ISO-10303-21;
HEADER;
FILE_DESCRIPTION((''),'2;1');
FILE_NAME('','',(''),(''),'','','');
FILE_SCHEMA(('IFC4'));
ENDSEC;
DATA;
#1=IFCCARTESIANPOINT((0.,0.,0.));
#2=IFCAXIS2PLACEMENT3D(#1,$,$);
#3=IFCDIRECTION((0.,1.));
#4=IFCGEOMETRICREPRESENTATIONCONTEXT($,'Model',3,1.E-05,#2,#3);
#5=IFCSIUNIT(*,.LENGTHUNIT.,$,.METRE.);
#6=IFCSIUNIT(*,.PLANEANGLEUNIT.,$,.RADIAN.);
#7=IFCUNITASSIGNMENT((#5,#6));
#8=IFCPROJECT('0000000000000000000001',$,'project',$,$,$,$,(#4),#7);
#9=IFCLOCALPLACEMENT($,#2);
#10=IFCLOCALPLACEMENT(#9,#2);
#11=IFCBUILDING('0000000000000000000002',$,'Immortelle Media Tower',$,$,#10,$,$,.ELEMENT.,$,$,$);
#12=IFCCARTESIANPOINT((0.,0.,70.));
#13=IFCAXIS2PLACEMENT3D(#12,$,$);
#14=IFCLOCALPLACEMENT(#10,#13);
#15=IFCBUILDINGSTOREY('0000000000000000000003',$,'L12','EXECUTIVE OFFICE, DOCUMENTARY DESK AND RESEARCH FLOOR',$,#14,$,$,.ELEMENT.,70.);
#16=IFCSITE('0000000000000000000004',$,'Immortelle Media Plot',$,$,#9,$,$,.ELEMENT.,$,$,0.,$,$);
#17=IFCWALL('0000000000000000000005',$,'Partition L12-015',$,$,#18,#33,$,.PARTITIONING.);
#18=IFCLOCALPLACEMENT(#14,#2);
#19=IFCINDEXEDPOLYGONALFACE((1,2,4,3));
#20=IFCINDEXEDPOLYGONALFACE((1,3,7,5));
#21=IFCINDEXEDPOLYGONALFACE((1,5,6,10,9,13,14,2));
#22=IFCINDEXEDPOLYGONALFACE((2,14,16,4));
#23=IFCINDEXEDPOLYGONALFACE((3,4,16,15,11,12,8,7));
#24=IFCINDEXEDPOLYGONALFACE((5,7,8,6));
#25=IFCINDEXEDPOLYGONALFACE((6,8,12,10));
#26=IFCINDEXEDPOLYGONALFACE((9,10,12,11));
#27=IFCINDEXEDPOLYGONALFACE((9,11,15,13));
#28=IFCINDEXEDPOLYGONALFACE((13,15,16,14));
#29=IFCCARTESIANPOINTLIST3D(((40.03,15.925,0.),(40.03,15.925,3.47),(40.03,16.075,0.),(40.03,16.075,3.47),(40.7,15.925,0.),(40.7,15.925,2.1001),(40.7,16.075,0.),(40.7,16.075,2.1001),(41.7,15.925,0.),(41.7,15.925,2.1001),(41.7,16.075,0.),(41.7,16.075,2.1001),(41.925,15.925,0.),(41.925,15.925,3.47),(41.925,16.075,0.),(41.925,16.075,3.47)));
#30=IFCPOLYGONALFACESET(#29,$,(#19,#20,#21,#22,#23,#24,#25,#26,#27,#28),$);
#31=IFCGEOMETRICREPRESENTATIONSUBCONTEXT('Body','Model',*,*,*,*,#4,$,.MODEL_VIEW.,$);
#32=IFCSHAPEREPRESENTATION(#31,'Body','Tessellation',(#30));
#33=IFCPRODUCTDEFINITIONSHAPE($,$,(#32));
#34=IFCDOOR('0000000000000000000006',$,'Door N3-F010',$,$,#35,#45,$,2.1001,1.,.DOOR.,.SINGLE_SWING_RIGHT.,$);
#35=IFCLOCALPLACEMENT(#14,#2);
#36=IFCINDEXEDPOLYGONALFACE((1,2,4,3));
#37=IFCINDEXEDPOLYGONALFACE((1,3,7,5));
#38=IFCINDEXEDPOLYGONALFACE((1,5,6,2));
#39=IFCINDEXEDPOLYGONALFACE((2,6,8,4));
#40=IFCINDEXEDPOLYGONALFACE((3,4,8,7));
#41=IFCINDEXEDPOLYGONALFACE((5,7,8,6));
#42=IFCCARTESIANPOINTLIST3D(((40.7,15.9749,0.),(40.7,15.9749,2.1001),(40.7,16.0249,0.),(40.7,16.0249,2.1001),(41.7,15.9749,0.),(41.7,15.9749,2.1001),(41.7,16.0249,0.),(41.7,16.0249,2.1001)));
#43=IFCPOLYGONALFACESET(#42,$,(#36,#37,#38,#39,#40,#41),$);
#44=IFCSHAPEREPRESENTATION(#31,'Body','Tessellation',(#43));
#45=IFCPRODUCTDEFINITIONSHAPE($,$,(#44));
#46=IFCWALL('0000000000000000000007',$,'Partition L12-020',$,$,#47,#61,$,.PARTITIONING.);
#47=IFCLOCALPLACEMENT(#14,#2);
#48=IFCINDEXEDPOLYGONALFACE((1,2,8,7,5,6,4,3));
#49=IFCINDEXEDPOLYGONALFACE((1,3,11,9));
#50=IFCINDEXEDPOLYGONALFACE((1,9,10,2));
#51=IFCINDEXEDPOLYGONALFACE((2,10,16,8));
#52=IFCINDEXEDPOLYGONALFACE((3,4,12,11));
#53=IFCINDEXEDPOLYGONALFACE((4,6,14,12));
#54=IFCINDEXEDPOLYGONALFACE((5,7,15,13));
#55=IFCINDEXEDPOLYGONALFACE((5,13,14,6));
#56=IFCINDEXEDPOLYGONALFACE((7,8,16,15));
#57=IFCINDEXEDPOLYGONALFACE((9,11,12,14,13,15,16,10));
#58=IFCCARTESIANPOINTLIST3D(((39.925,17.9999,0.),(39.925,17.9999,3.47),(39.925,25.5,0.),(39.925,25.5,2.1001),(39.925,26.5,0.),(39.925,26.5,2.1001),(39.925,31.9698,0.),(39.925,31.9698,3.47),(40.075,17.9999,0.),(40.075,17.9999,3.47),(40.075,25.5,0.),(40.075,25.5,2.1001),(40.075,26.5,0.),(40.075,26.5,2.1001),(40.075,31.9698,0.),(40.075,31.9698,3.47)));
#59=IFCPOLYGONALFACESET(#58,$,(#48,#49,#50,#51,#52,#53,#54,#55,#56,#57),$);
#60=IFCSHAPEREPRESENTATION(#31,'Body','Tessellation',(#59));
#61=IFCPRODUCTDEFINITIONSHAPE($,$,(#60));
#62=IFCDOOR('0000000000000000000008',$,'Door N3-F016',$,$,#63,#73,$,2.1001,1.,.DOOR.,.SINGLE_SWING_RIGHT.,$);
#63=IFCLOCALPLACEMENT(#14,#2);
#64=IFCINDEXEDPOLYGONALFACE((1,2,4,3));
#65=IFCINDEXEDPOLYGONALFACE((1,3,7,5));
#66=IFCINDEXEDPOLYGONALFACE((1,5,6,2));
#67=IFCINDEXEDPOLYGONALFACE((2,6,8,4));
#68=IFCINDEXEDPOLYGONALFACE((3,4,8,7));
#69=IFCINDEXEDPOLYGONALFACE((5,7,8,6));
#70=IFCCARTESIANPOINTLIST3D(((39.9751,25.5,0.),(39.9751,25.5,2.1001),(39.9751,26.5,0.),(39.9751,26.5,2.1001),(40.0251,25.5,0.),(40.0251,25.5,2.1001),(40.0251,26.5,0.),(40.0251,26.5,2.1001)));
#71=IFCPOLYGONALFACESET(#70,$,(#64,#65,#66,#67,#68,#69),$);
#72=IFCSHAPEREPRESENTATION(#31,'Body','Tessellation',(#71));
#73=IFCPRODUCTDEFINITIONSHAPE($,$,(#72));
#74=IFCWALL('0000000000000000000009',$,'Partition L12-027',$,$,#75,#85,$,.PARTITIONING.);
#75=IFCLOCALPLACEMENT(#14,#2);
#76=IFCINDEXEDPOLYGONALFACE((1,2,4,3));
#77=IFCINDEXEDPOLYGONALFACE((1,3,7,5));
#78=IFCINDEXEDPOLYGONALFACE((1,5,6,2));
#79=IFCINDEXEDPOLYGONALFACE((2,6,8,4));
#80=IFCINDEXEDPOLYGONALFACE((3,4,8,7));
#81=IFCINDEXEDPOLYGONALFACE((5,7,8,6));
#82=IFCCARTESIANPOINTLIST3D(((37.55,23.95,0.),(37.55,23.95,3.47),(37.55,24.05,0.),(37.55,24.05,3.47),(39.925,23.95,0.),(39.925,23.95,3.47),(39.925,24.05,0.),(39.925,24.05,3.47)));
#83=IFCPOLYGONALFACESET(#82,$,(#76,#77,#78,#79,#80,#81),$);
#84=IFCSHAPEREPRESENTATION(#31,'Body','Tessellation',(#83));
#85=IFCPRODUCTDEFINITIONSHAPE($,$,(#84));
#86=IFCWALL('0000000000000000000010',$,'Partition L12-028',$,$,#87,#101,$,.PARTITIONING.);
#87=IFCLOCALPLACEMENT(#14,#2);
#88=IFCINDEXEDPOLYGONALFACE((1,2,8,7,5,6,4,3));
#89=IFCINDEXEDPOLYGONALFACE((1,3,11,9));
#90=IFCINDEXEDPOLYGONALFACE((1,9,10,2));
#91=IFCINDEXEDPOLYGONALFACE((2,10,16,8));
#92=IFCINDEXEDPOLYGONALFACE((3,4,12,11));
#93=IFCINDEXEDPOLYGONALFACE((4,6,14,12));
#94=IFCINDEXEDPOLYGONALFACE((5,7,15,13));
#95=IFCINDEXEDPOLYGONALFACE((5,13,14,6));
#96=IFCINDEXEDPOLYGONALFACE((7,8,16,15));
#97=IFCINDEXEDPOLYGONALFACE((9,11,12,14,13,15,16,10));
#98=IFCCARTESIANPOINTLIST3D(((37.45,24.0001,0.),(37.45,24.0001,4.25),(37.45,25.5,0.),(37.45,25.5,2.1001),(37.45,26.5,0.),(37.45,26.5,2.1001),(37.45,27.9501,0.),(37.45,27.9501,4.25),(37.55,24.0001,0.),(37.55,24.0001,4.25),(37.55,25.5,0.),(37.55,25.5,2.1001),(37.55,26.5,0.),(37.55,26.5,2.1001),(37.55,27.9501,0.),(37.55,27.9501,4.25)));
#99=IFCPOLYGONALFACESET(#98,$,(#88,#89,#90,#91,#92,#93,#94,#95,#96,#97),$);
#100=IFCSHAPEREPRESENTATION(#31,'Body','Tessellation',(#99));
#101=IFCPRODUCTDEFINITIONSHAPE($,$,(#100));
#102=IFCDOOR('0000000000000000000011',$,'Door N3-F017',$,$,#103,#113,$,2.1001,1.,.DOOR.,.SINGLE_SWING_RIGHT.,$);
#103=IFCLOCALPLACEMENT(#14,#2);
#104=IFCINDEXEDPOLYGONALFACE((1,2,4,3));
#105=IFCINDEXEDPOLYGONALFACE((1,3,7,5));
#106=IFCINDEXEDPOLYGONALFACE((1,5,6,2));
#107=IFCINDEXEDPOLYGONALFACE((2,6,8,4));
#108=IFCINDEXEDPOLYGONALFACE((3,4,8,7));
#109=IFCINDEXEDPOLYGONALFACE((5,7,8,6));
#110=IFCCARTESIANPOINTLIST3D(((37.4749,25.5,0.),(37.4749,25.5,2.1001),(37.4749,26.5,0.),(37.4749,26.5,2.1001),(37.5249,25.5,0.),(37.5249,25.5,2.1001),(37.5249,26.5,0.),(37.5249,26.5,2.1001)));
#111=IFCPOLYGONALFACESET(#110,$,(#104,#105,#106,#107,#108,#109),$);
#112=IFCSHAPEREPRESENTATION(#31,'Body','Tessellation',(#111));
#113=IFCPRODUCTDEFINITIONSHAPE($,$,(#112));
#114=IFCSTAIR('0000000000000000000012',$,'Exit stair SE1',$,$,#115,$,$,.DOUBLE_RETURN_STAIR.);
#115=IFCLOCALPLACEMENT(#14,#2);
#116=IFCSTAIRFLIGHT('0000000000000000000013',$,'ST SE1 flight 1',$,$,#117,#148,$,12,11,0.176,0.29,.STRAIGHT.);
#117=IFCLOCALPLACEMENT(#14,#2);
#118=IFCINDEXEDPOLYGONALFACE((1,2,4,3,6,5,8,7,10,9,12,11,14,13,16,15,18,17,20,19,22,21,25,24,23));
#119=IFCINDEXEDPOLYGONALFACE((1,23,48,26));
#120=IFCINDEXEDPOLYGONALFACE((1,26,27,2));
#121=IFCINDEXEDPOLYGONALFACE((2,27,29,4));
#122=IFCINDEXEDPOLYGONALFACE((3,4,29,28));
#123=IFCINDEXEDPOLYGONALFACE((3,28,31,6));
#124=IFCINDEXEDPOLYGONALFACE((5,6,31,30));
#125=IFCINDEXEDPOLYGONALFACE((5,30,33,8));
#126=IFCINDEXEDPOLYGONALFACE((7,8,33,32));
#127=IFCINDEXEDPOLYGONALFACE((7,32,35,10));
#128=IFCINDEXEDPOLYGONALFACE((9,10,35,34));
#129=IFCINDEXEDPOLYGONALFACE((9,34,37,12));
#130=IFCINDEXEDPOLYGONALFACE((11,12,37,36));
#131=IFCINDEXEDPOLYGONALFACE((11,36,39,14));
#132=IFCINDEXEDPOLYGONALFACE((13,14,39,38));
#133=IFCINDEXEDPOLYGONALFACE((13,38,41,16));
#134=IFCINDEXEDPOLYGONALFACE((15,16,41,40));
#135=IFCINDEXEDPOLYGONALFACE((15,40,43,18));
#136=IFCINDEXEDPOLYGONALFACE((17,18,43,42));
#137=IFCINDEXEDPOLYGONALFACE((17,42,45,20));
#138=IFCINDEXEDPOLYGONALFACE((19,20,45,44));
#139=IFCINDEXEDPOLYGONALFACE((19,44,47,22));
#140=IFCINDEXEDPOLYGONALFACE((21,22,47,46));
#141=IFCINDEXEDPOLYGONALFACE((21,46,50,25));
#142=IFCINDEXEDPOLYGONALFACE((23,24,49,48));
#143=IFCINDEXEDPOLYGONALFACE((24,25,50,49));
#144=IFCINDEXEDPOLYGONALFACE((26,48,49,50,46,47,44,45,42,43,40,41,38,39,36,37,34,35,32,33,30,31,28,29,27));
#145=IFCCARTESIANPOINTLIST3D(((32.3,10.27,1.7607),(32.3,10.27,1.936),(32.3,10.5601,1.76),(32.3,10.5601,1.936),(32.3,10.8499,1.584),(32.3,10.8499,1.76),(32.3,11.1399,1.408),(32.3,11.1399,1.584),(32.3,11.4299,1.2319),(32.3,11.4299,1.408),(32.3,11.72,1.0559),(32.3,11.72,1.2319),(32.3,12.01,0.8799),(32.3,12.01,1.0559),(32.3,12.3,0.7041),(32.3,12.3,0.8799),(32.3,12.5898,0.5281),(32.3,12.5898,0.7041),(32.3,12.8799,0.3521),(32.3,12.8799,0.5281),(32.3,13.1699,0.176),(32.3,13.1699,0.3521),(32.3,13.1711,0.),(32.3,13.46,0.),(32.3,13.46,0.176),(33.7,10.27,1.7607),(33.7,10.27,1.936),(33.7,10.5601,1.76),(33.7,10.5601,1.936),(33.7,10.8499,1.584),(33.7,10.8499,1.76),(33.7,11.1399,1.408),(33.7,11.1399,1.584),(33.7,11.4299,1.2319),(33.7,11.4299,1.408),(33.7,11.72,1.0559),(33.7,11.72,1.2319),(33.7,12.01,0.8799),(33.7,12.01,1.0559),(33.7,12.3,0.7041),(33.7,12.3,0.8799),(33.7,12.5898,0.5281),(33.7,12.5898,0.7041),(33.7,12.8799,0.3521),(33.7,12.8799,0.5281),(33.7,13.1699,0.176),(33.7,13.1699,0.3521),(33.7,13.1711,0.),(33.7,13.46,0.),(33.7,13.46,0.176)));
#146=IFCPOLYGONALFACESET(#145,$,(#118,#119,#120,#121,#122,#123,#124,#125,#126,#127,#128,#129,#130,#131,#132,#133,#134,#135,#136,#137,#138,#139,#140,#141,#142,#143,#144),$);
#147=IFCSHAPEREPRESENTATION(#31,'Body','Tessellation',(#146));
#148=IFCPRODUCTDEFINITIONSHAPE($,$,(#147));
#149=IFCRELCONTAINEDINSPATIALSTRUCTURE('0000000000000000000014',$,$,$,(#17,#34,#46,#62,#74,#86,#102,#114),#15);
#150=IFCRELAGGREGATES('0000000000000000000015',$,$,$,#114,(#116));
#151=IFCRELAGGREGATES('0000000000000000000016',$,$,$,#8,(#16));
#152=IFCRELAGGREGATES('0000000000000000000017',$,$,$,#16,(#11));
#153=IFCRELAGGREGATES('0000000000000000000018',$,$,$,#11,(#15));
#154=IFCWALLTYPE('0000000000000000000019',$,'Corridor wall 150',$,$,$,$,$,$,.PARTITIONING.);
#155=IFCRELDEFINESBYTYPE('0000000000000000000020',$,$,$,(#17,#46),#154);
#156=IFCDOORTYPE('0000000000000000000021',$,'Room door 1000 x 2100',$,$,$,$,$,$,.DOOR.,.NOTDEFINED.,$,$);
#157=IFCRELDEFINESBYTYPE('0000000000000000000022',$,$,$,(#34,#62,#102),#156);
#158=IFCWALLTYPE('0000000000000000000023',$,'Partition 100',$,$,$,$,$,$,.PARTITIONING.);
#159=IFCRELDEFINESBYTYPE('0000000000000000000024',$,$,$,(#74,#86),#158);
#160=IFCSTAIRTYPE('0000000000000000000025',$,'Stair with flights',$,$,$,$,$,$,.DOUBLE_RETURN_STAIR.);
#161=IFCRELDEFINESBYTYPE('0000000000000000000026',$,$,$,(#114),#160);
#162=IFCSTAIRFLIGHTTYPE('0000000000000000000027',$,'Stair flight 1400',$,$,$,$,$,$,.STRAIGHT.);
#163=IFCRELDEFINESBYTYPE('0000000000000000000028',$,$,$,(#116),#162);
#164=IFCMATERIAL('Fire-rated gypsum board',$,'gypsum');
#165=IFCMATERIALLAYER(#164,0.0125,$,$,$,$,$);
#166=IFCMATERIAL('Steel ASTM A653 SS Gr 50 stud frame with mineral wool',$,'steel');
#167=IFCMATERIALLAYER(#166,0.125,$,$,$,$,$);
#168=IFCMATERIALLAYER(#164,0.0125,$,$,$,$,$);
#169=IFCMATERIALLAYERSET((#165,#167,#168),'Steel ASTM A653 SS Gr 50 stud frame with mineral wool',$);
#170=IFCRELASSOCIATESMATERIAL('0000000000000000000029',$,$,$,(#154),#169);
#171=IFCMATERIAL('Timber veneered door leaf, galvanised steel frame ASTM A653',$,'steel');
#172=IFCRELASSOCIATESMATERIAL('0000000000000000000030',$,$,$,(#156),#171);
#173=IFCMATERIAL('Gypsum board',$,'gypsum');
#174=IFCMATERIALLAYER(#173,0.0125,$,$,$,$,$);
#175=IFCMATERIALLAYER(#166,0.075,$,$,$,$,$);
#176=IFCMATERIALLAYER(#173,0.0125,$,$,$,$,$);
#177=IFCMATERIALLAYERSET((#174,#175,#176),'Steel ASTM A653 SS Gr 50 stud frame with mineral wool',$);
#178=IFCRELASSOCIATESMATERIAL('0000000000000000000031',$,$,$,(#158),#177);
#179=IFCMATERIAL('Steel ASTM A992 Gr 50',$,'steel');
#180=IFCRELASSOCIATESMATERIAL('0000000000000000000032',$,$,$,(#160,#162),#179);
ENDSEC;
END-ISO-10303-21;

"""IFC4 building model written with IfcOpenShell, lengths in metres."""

from ifc_helpers import new_model, si_unit, direction, frame, frame_2d, origin, place, context, subcontext, project, spatial, polyline, rectangle, outline, extrude, material, layer, layer_set, type_object, element, fill, aggregate, save


model = new_model("IFC4")

# Units and contexts
model_context = context("Model", 3, precision=1e-05, world=origin(), true_north=direction((0.0, 1.0)))
body_context = subcontext(model_context, "Body", "Model", "MODEL_VIEW")
ifc_project = project(units=[si_unit("LENGTHUNIT", "METRE"), si_unit("PLANEANGLEUNIT", "RADIAN")], contexts=[model_context])

# Site, building, storey
site_placement = place(None, origin())
site = spatial("IfcSite", under=ifc_project, at=site_placement, Name="Immortelle Media Plot", CompositionType="ELEMENT", RefElevation=0.0)
building_placement = place(site_placement, origin())
building = spatial("IfcBuilding", under=site, at=building_placement, Name="Immortelle Media Tower", CompositionType="ELEMENT")
storey_placement = place(building_placement, frame((0.0, 0.0, 70.0)))
storey = spatial("IfcBuildingStorey", under=building, at=storey_placement, Name="L12", Description="EXECUTIVE OFFICE, DOCUMENTARY DESK AND RESEARCH FLOOR", CompositionType="ELEMENT", Elevation=70.0)

# Shared definitions
ifc_material_1 = material(Name="Steel ASTM A992 Gr 50", Category="steel")

# Walls, openings, doors
ifc_material_2 = material(Name="Fire-rated gypsum board", Category="gypsum")
ifc_layer_1 = layer(ifc_material_2, 0.0125)
ifc_material_3 = material(Name="Steel ASTM A653 SS Gr 50 stud frame with mineral wool", Category="steel")
ifc_layer_2 = layer(ifc_material_3, 0.125)
ifc_layer_3 = layer(ifc_material_2, 0.0125)
ifc_layer_set_1 = layer_set([ifc_layer_1, ifc_layer_2, ifc_layer_3], Name="Steel ASTM A653 SS Gr 50 stud frame with mineral wool")
wall_type_1 = type_object("IfcWallType", Name="Corridor wall 150", PredefinedType="PARTITIONING", material=ifc_layer_set_1)
wall_1_placement = place(storey_placement, frame((40.03, 16.0, 0.0), z_axis=(0.0, 0.0, 1.0), x_axis=(1.0, 0.0, 0.0)))
wall_1 = element("IfcWall", 1, at=wall_1_placement, inside=storey, type_object=wall_type_1, Name="Partition L12-015", PredefinedType="PARTITIONING", context=body_context, shape_type="SweptSolid", body=[
    extrude(rectangle(XDim=1.895, YDim=0.1499, at=frame_2d((0.9475, 0.0))), origin(), (0.0, 0.0, 1.0), 3.47),
])
opening_1_placement = place(wall_1_placement, frame((0.6699, 0.0, 0.0)))
opening_1 = element("IfcOpeningElement", 2, at=opening_1_placement, cuts=wall_1, PredefinedType="OPENING", context=body_context, shape_type="SweptSolid", body=[
    extrude(rectangle(XDim=1.0, YDim=2.1001, at=frame_2d((0.5, 1.05))), frame((0.0, 0.085, 0.0), z_axis=(0.0, -1.0, 0.0), x_axis=(1.0, 0.0, 0.0)), (0.0, 0.0, 1.0), 0.1699),
])
ifc_material_4 = material(Name="Timber veneered door leaf, galvanised steel frame ASTM A653", Category="steel")
door_type = type_object("IfcDoorType", Name="Room door 1000 x 2100", OperationType="NOTDEFINED", PredefinedType="DOOR", material=ifc_material_4)
door_1_placement = place(opening_1_placement, origin())
door_1 = element("IfcDoor", 3, at=door_1_placement, inside=storey, type_object=door_type, Name="Door N3-F010", OperationType="SINGLE_SWING_RIGHT", OverallHeight=2.1001, OverallWidth=1.0, PredefinedType="DOOR", context=body_context, shape_type="SweptSolid", body=[
    extrude(rectangle(XDim=1.0, YDim=2.1001, at=frame_2d((0.5, 1.05))), frame((0.0, 0.0249, 0.0), z_axis=(0.0, -1.0, 0.0), x_axis=(1.0, 0.0, 0.0)), (0.0, 0.0, 1.0), 0.05),
])
fill(opening_1, door_1)
wall_2_placement = place(storey_placement, frame((40.0, 18.0, 0.0), z_axis=(0.0, 0.0, 1.0), x_axis=(0.0, 1.0, 0.0)))
wall_2 = element("IfcWall", 4, at=wall_2_placement, inside=storey, type_object=wall_type_1, Name="Partition L12-020", PredefinedType="PARTITIONING", context=body_context, shape_type="SweptSolid", body=[
    extrude(rectangle(XDim=13.97, YDim=0.1499, at=frame_2d((6.9849, 0.0))), origin(), (0.0, 0.0, 1.0), 3.47),
])
opening_2_placement = place(wall_2_placement, frame((7.5, 0.0, 0.0)))
opening_2 = element("IfcOpeningElement", 5, at=opening_2_placement, cuts=wall_2, PredefinedType="OPENING", context=body_context, shape_type="SweptSolid", body=[
    extrude(rectangle(XDim=1.0, YDim=2.1001, at=frame_2d((0.5, 1.05))), frame((0.0, 0.085, 0.0), z_axis=(0.0, -1.0, 0.0), x_axis=(1.0, 0.0, 0.0)), (0.0, 0.0, 1.0), 0.1699),
])
door_2_placement = place(opening_2_placement, origin())
door_2 = element("IfcDoor", 6, at=door_2_placement, inside=storey, type_object=door_type, Name="Door N3-F016", OperationType="SINGLE_SWING_RIGHT", OverallHeight=2.1001, OverallWidth=1.0, PredefinedType="DOOR", context=body_context, shape_type="SweptSolid", body=[
    extrude(rectangle(XDim=1.0, YDim=2.1001, at=frame_2d((0.5, 1.05))), frame((0.0, 0.0249, 0.0), z_axis=(0.0, -1.0, 0.0), x_axis=(1.0, 0.0, 0.0)), (0.0, 0.0, 1.0), 0.05),
])
fill(opening_2, door_2)

# Wall
ifc_material_5 = material(Name="Gypsum board", Category="gypsum")
ifc_layer_4 = layer(ifc_material_5, 0.0125)
ifc_layer_5 = layer(ifc_material_3, 0.075)
ifc_layer_6 = layer(ifc_material_5, 0.0125)
ifc_layer_set_2 = layer_set([ifc_layer_4, ifc_layer_5, ifc_layer_6], Name="Steel ASTM A653 SS Gr 50 stud frame with mineral wool")
wall_type_2 = type_object("IfcWallType", Name="Partition 100", PredefinedType="PARTITIONING", material=ifc_layer_set_2)
wall_3_placement = place(storey_placement, frame((37.55, 24.0, 0.0), z_axis=(0.0, 0.0, 1.0), x_axis=(1.0, 0.0, 0.0)))
element("IfcWall", 7, at=wall_3_placement, inside=storey, type_object=wall_type_2, Name="Partition L12-027", PredefinedType="PARTITIONING", context=body_context, shape_type="SweptSolid", body=[
    extrude(rectangle(XDim=2.375, YDim=0.1001, at=frame_2d((1.1875, 0.0))), origin(), (0.0, 0.0, 1.0), 3.47),
])

# Wall, opening, door
wall_4_placement = place(storey_placement, frame((37.5, 24.0, 0.0), z_axis=(0.0, 0.0, 1.0), x_axis=(0.0, 1.0, 0.0)))
wall_4 = element("IfcWall", 8, at=wall_4_placement, inside=storey, type_object=wall_type_2, Name="Partition L12-028", PredefinedType="PARTITIONING", context=body_context, shape_type="SweptSolid", body=[
    extrude(rectangle(XDim=3.95, YDim=0.1001, at=frame_2d((1.9751, 0.0))), origin(), (0.0, 0.0, 1.0), 4.25),
])
opening_3_placement = place(wall_4_placement, frame((2.5, 0.0, 0.0), z_axis=(0.0, 0.0, 1.0), x_axis=(-1.0, 0.0, 0.0)))
opening_3 = element("IfcOpeningElement", 9, at=opening_3_placement, cuts=wall_4, PredefinedType="OPENING", context=body_context, shape_type="SweptSolid", body=[
    extrude(rectangle(XDim=1.0, YDim=2.1001, at=frame_2d((0.5, 1.05))), frame((0.0, 0.0601, 0.0), z_axis=(0.0, -1.0, 0.0), x_axis=(1.0, 0.0, 0.0)), (0.0, 0.0, 1.0), 0.1201),
])
door_3_placement = place(opening_3_placement, origin())
door_3 = element("IfcDoor", 10, at=door_3_placement, inside=storey, type_object=door_type, Name="Door N3-F017", OperationType="SINGLE_SWING_RIGHT", OverallHeight=2.1001, OverallWidth=1.0, PredefinedType="DOOR", context=body_context, shape_type="SweptSolid", body=[
    extrude(rectangle(XDim=1.0, YDim=2.1001, at=frame_2d((0.5, 1.05))), frame((0.0, 0.0249, 0.0), z_axis=(0.0, -1.0, 0.0), x_axis=(1.0, 0.0, 0.0)), (0.0, 0.0, 1.0), 0.05),
])
fill(opening_3, door_3)

# Stair, stair flight
stair_type = type_object("IfcStairType", Name="Stair with flights", PredefinedType="DOUBLE_RETURN_STAIR", material=ifc_material_1)
stair_1_placement = place(storey_placement, origin())
stair_1 = element("IfcStair", 11, at=stair_1_placement, inside=storey, type_object=stair_type, Name="Exit stair SE1", PredefinedType="DOUBLE_RETURN_STAIR")
stair_flight_type = type_object("IfcStairFlightType", Name="Stair flight 1400", PredefinedType="STRAIGHT", material=ifc_material_1)
stair_flight_1_placement = place(storey_placement, frame((33.0, 13.46, 0.0), z_axis=(0.0, 0.0, 1.0), x_axis=(0.0, -1.0, 0.0)))
stair_flight_1 = element("IfcStairFlight", 12, at=stair_flight_1_placement, type_object=stair_flight_type, Name="ST SE1 flight 1", NumberOfRisers=12, NumberOfTreads=11, PredefinedType="STRAIGHT", RiserHeight=0.176, TreadLength=0.29, context=body_context, shape_type="SweptSolid", body=[
    extrude(outline(polyline([(0.0, 0.0), (0.0, 0.176), (0.29, 0.176), (0.29, 0.3521), (0.5801, 0.3521), (0.5801, 0.5281), (0.8701, 0.5281), (0.8701, 0.7041), (1.1599, 0.7041), (1.1599, 0.8799), (1.45, 0.8799), (1.45, 1.0559), (1.74, 1.0559), (1.74, 1.2319), (2.03, 1.2319), (2.03, 1.408), (2.3201, 1.408), (2.3201, 1.584), (2.6101, 1.584), (2.6101, 1.76), (2.8999, 1.76), (2.8999, 1.936), (3.1899, 1.936), (3.1899, 2.1121), (3.1899, 1.7607), (0.2888, 0.0), (0.0, 0.0)])), frame((0.0, 0.7, 0.0), z_axis=(0.0, -1.0, 0.0), x_axis=(1.0, 0.0, 0.0)), (0.0, 0.0, 1.0), 1.3999),
])
aggregate(stair_1, [stair_flight_1])

save(model, "model.ifc")
